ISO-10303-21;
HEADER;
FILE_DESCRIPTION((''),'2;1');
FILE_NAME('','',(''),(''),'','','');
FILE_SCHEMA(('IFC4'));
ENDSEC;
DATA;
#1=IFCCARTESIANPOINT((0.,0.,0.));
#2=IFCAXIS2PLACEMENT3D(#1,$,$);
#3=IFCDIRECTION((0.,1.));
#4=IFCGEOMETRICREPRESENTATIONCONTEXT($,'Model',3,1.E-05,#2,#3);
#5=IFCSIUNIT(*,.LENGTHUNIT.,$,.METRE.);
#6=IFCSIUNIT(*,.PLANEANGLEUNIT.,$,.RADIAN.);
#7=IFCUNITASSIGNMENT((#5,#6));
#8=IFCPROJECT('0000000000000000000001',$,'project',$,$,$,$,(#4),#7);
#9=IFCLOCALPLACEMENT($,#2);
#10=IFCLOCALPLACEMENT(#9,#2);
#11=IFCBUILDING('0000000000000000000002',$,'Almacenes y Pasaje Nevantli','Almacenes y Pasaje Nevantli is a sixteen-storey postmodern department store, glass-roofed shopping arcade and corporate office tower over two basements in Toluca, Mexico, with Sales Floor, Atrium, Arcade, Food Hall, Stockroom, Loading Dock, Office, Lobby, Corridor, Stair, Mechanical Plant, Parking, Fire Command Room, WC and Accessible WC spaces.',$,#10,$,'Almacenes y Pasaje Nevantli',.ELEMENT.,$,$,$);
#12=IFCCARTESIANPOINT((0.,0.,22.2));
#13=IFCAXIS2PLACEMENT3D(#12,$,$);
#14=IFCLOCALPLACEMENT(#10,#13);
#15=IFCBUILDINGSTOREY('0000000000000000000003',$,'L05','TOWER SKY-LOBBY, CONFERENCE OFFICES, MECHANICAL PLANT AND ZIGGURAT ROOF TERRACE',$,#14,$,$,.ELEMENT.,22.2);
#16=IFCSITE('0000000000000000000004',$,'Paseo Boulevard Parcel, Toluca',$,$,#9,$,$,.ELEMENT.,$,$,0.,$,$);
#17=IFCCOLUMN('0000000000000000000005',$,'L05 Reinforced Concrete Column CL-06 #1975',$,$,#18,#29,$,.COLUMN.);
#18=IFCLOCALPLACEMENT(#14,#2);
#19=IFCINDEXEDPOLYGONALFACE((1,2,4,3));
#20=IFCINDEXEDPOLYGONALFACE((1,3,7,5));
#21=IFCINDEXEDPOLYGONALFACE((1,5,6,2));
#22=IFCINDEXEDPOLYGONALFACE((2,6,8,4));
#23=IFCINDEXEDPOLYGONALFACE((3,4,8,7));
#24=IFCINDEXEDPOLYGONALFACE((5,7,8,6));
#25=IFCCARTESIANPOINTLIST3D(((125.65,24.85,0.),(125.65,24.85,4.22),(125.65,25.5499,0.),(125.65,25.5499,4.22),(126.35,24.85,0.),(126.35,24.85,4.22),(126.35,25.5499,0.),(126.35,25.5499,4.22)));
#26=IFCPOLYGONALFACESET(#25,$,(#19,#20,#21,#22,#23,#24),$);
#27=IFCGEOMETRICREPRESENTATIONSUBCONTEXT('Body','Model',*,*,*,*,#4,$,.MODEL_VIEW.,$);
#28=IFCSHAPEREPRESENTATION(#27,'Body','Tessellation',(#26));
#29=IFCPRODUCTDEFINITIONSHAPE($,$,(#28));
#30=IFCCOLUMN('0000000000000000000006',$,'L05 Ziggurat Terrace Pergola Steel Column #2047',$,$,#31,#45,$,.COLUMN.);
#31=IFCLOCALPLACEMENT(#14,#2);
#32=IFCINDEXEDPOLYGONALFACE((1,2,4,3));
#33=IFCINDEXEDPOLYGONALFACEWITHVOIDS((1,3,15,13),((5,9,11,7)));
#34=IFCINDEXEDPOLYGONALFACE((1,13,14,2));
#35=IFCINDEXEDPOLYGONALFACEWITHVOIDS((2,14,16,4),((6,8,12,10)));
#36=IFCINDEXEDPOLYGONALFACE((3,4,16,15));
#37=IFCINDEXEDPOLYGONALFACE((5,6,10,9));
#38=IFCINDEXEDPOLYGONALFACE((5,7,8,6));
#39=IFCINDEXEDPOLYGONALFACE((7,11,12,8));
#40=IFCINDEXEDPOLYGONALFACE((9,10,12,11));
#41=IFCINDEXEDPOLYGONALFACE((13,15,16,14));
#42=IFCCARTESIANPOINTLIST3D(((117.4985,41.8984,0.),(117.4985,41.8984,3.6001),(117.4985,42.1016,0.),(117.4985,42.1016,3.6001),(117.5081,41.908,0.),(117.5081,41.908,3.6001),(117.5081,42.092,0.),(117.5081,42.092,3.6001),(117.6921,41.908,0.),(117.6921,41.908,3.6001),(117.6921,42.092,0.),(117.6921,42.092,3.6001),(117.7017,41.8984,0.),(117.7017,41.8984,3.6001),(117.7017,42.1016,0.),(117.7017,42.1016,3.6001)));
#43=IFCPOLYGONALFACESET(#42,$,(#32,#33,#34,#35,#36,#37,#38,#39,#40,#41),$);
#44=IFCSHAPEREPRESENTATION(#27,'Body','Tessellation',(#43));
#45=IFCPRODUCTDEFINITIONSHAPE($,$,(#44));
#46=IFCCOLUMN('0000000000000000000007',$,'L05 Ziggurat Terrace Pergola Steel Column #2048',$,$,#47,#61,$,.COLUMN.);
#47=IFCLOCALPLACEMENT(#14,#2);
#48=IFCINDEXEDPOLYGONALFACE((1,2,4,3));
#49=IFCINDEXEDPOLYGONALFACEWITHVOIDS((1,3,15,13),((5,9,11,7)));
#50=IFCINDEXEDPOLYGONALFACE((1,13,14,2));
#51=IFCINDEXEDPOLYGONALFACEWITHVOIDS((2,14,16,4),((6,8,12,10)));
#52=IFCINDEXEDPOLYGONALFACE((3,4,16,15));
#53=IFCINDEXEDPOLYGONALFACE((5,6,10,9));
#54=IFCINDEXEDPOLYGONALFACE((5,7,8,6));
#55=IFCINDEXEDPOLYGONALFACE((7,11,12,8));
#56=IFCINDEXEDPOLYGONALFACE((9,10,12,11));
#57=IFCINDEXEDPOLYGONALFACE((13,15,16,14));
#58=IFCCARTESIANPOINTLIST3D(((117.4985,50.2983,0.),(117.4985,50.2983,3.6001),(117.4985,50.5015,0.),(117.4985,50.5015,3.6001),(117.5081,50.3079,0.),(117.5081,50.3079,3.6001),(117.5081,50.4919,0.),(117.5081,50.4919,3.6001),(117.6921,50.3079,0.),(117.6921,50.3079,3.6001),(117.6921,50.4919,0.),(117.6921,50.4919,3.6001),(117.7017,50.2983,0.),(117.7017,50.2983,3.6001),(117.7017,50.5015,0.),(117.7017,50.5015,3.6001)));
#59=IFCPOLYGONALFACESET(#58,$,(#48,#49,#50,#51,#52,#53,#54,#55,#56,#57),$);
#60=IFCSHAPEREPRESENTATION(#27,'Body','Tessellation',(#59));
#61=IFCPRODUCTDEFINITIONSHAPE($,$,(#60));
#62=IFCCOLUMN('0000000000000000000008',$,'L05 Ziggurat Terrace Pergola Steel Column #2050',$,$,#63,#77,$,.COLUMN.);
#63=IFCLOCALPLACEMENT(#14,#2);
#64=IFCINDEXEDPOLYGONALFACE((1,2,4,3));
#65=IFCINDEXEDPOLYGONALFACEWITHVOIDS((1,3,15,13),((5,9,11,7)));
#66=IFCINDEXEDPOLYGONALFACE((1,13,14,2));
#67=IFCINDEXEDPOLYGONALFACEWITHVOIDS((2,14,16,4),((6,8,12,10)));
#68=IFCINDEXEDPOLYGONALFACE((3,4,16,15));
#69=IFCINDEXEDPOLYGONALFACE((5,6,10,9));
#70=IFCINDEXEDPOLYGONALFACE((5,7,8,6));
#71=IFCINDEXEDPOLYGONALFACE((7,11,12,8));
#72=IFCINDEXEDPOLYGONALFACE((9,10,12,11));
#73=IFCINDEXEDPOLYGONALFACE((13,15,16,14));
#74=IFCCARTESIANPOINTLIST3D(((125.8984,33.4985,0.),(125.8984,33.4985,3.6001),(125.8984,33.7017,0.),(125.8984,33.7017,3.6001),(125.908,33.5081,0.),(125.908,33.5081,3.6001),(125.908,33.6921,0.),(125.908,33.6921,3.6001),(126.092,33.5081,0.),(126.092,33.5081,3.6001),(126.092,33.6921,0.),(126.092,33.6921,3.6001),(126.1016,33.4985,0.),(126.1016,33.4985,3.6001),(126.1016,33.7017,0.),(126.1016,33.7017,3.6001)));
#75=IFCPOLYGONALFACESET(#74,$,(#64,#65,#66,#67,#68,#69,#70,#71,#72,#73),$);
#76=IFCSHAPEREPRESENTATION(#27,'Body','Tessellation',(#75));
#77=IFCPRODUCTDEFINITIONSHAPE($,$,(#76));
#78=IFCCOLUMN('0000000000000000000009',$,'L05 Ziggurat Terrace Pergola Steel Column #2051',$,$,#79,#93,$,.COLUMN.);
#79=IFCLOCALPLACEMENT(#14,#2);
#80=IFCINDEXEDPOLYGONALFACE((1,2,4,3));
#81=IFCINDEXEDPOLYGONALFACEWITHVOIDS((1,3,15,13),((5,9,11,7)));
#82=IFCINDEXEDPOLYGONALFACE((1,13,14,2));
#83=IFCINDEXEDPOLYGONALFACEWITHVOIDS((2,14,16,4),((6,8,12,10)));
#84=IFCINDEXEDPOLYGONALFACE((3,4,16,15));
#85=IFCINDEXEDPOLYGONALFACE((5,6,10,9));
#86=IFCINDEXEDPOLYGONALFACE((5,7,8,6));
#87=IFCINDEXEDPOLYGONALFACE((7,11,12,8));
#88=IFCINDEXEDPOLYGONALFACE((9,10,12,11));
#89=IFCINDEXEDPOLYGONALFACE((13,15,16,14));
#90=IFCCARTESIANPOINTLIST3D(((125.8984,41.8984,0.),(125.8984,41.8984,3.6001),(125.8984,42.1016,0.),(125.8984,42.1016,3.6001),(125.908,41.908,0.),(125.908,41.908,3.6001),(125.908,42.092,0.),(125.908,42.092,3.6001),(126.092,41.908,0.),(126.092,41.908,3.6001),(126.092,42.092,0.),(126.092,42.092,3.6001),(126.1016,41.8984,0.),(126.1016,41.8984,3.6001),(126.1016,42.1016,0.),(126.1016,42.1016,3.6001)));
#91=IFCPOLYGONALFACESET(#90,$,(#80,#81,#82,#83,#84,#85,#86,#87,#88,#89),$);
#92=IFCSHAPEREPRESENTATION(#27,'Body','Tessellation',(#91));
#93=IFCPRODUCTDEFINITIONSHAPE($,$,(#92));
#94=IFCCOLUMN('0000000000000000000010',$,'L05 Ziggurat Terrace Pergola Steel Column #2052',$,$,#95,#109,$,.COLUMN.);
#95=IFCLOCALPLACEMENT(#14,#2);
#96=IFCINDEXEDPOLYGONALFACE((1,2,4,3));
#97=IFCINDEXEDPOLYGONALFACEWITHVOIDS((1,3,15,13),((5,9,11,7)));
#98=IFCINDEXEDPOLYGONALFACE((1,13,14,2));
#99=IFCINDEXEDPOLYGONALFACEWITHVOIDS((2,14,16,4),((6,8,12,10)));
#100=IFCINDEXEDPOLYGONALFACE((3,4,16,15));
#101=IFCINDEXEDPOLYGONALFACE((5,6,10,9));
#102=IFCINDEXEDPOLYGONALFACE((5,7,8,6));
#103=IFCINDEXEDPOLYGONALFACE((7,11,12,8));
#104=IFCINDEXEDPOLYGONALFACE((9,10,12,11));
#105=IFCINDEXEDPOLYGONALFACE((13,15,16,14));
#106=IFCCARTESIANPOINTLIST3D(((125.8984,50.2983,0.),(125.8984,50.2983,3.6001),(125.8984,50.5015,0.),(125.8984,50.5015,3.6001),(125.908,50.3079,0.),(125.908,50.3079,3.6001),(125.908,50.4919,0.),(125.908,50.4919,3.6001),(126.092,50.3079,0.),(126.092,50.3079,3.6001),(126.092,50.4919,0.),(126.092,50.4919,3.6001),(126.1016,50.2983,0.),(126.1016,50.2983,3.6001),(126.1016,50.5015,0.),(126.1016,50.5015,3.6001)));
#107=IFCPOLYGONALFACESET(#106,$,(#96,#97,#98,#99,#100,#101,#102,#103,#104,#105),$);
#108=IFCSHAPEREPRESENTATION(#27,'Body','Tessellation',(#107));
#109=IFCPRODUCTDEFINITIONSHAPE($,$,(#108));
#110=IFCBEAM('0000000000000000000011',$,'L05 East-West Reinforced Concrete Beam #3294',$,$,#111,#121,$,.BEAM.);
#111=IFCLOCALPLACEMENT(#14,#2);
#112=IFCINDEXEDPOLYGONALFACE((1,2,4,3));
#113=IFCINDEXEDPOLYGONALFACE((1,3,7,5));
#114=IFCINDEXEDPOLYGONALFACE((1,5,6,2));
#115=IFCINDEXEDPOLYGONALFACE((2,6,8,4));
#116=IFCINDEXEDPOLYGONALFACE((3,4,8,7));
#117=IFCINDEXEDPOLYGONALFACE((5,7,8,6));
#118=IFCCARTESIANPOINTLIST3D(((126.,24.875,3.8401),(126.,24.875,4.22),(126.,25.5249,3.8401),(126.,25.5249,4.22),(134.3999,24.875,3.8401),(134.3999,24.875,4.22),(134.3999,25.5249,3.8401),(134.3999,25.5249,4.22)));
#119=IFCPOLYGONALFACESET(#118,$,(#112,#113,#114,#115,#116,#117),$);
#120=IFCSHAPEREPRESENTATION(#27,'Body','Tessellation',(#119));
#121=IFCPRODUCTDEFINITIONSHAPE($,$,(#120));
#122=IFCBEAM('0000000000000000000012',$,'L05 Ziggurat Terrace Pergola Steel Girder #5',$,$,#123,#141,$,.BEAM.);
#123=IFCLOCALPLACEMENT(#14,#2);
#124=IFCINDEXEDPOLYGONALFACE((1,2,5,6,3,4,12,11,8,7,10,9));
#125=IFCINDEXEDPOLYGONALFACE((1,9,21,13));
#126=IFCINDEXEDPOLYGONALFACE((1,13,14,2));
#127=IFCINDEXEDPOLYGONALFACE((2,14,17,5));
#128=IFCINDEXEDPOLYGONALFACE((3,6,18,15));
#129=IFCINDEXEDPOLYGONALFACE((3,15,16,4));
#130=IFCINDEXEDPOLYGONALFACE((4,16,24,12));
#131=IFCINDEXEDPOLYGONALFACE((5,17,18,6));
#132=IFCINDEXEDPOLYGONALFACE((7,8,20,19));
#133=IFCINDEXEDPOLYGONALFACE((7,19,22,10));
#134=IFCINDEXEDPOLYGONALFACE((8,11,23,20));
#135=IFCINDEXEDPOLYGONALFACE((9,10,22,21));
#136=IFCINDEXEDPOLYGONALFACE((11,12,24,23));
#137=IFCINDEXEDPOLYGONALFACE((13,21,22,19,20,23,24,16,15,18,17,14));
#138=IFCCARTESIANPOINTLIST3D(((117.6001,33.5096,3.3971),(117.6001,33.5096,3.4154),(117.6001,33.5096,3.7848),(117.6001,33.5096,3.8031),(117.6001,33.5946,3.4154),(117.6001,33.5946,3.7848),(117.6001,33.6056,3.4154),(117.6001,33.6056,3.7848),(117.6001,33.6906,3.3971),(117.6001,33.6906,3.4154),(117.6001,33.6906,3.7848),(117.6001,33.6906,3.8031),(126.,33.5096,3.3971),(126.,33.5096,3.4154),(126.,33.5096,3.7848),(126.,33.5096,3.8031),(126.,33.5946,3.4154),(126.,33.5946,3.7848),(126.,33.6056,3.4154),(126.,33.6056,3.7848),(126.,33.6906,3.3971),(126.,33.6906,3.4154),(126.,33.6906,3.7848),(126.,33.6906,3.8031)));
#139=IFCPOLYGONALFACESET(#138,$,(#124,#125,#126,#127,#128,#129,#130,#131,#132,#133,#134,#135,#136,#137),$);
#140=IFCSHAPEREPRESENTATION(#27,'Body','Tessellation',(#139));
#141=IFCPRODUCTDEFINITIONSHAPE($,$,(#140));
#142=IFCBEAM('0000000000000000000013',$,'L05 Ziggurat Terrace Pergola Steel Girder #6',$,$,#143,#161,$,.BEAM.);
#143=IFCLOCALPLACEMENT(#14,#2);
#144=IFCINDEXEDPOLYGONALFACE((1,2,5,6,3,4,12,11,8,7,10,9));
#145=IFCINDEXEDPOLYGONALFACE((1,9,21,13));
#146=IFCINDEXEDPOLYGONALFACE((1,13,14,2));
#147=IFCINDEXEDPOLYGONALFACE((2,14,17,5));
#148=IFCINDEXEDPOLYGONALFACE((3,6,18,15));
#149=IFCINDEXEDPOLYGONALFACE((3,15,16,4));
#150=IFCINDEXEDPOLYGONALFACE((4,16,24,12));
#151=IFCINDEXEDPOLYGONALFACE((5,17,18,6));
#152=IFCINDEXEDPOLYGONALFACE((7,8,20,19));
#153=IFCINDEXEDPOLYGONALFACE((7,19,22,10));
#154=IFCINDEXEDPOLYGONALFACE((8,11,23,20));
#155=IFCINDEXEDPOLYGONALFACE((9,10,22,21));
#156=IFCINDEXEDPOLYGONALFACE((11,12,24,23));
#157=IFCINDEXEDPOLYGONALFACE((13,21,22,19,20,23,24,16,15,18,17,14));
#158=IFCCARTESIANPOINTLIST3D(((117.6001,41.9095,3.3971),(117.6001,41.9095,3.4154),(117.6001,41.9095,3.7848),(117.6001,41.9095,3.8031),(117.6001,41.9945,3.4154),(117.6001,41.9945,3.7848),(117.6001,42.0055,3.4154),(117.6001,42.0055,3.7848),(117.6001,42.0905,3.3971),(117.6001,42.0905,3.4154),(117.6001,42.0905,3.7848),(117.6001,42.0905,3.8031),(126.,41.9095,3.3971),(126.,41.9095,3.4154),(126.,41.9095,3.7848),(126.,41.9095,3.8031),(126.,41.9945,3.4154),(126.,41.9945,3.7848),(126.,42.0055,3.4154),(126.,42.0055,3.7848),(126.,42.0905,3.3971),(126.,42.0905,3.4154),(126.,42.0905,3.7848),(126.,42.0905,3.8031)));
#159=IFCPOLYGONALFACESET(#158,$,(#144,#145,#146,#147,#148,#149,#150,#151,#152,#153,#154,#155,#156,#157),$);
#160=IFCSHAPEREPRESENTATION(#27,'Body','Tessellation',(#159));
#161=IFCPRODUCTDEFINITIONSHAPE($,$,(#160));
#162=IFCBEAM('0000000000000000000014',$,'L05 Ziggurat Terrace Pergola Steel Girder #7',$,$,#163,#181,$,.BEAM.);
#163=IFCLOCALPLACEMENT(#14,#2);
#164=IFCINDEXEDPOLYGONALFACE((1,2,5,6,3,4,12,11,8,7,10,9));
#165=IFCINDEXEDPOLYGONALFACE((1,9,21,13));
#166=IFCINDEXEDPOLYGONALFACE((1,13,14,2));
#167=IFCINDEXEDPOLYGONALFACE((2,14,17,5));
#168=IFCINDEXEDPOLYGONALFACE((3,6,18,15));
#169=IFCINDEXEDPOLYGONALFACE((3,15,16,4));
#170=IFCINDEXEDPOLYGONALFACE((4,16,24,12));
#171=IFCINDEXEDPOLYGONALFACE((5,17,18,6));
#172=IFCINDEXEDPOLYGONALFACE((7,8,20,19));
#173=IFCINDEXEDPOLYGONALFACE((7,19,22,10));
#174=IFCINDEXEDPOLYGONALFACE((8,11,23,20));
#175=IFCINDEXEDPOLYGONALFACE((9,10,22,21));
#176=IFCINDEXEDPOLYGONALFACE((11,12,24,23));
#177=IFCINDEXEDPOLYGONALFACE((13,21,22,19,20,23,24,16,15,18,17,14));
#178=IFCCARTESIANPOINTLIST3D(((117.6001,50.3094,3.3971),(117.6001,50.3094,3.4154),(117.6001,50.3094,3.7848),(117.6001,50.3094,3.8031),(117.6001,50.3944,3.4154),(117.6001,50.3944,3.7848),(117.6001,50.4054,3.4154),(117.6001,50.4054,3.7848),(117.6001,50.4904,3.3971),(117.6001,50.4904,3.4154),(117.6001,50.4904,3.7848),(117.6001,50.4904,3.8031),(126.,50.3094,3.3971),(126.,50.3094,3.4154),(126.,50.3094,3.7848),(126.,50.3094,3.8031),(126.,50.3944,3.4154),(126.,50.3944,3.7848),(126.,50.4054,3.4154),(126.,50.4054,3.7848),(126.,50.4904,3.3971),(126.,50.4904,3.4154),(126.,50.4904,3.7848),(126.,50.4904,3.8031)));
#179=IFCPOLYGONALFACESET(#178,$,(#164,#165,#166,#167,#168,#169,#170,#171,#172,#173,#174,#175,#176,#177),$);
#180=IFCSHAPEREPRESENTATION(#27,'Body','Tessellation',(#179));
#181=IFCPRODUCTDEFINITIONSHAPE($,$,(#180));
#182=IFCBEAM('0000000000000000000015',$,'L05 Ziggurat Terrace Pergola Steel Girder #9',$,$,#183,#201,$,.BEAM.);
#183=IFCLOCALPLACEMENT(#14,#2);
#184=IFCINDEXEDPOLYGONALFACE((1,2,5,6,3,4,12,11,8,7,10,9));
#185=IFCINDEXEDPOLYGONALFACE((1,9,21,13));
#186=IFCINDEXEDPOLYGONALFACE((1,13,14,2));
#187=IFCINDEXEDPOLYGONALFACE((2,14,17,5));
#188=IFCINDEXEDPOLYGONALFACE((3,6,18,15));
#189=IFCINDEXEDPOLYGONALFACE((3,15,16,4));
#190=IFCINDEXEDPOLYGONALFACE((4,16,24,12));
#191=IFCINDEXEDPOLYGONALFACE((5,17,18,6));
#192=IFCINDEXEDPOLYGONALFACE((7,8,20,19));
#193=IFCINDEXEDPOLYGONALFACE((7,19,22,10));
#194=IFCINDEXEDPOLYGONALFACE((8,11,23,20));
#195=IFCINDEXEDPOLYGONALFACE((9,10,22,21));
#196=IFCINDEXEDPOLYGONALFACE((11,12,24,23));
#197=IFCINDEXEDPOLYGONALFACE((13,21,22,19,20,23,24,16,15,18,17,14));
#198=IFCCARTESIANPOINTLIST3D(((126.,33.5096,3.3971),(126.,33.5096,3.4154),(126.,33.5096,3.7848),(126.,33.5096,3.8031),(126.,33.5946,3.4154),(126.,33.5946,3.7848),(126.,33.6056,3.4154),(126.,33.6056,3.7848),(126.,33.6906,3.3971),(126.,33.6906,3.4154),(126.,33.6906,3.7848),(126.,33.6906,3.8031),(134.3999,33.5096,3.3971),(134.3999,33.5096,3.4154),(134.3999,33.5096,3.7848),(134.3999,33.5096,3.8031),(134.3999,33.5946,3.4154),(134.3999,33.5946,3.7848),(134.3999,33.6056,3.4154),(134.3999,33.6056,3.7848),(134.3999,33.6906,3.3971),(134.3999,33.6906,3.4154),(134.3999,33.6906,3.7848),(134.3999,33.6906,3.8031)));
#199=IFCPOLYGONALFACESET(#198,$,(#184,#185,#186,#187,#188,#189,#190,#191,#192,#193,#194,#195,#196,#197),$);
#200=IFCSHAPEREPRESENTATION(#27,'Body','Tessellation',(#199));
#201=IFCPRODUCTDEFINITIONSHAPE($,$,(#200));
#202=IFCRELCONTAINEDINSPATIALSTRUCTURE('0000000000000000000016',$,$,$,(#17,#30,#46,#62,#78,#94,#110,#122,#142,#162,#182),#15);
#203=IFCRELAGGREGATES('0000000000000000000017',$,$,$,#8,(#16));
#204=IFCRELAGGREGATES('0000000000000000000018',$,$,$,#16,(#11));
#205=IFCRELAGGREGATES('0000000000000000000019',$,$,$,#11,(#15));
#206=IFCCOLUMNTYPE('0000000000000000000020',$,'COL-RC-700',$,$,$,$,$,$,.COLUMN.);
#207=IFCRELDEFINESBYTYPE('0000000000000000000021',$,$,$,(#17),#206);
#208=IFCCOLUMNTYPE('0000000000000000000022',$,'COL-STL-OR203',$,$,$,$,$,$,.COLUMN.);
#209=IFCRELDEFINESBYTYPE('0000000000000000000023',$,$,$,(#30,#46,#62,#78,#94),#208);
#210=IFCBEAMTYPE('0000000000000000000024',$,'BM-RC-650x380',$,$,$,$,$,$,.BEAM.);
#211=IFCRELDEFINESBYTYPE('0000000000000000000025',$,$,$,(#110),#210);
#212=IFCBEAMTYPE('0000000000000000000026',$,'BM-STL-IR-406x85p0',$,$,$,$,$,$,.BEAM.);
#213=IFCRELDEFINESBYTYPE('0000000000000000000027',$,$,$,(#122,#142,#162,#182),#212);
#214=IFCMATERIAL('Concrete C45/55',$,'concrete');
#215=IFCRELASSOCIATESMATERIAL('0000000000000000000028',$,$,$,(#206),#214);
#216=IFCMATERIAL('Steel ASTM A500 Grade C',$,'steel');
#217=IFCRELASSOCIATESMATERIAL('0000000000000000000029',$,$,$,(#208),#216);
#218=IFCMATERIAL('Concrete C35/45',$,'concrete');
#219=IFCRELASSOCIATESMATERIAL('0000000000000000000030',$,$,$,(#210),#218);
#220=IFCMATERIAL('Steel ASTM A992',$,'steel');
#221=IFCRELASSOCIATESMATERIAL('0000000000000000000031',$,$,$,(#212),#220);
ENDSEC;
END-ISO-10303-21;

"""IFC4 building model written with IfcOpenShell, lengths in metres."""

from ifc_helpers import new_model, si_unit, direction, frame, origin, origin_2d, place, context, subcontext, project, spatial, rectangle, hollow_rectangle, i_section, extrude, material, material_profile, profile_set, type_object, element, save


model = new_model("IFC4")

# Units and contexts
model_context = context("Model", 3, precision=1e-05, world=origin(), true_north=direction((0.0, 1.0)))
body_context = subcontext(model_context, "Body", "Model", "MODEL_VIEW")
ifc_project = project(units=[si_unit("LENGTHUNIT", "METRE"), si_unit("PLANEANGLEUNIT", "RADIAN")], contexts=[model_context])

# Site, building, storey
site_placement = place(None, origin())
site = spatial("IfcSite", under=ifc_project, at=site_placement, Name="Paseo Boulevard Parcel, Toluca", CompositionType="ELEMENT", RefElevation=0.0)
building_placement = place(site_placement, origin())
building = spatial("IfcBuilding", under=site, at=building_placement, Name="Almacenes y Pasaje Nevantli", Description="Almacenes y Pasaje Nevantli is a sixteen-storey postmodern department store, glass-roofed shopping arcade and corporate office tower over two basements in Toluca, Mexico, with Sales Floor, Atrium, Arcade, Food Hall, Stockroom, Loading Dock, Office, Lobby, Corridor, Stair, Mechanical Plant, Parking, Fire Command Room, WC and Accessible WC spaces.", LongName="Almacenes y Pasaje Nevantli", CompositionType="ELEMENT")
storey_placement = place(building_placement, frame((0.0, 0.0, 22.2)))
storey = spatial("IfcBuildingStorey", under=building, at=storey_placement, Name="L05", Description="TOWER SKY-LOBBY, CONFERENCE OFFICES, MECHANICAL PLANT AND ZIGGURAT ROOF TERRACE", CompositionType="ELEMENT", Elevation=22.2)

# Columns
ifc_material_1 = material(Name="Concrete C45/55", Category="concrete")
ifc_material_profile_1 = material_profile(ifc_material_1, rectangle(XDim=0.7, YDim=0.7, at=origin_2d()), Name="RC-COL-700x700")
ifc_profile_set_1 = profile_set([ifc_material_profile_1], Name="Concrete C45/55")
column_type_1 = type_object("IfcColumnType", Name="COL-RC-700", PredefinedType="COLUMN", material=ifc_profile_set_1)
column_placement = place(storey_placement, frame((126.0, 25.2, 0.0), z_axis=(0.0, 0.0, 1.0), x_axis=(1.0, 0.0, 0.0)))
element("IfcColumn", 1, at=column_placement, inside=storey, type_object=column_type_1, Name="L05 Reinforced Concrete Column CL-06 #1975", PredefinedType="COLUMN", context=body_context, shape_type="SweptSolid", body=[
    extrude(rectangle(XDim=0.7, YDim=0.7, at=origin_2d()), origin(), (0.0, 0.0, 1.0), 4.22),
])
ifc_material_2 = material(Name="Steel ASTM A500 Grade C", Category="steel")
ifc_material_profile_2 = material_profile(ifc_material_2, hollow_rectangle(XDim=0.2031, YDim=0.2031, WallThickness=0.0095, at=origin_2d()), Name="OR 203x203x9.5")
ifc_profile_set_2 = profile_set([ifc_material_profile_2], Name="Steel ASTM A500 Grade C")
column_type_2 = type_object("IfcColumnType", Name="COL-STL-OR203", PredefinedType="COLUMN", material=ifc_profile_set_2)
for number, where, z_axis, x_axis, name in (
    (2, (117.6001, 42.0, 0.0), (0.0, 0.0, 1.0), (1.0, 0.0, 0.0), "L05 Ziggurat Terrace Pergola Steel Column #2047"),
    (3, (117.6001, 50.3999, 0.0), (0.0, 0.0, 1.0), (1.0, 0.0, 0.0), "L05 Ziggurat Terrace Pergola Steel Column #2048"),
    (4, (126.0, 33.6001, 0.0), (0.0, 0.0, 1.0), (1.0, 0.0, 0.0), "L05 Ziggurat Terrace Pergola Steel Column #2050"),
    (5, (126.0, 42.0, 0.0), (0.0, 0.0, 1.0), (1.0, 0.0, 0.0), "L05 Ziggurat Terrace Pergola Steel Column #2051"),
    (6, (126.0, 50.3999, 0.0), (0.0, 0.0, 1.0), (1.0, 0.0, 0.0), "L05 Ziggurat Terrace Pergola Steel Column #2052"),
):
    element("IfcColumn", number, at=place(storey_placement, frame(where, z_axis=z_axis, x_axis=x_axis)), inside=storey, type_object=column_type_2, Name=name, PredefinedType="COLUMN", context=body_context, shape_type="SweptSolid", body=[
        extrude(hollow_rectangle(XDim=0.2031, YDim=0.2031, WallThickness=0.0095, at=origin_2d()), origin(), (0.0, 0.0, 1.0), 3.6001),
    ])

# Beams
ifc_material_3 = material(Name="Concrete C35/45", Category="concrete")
ifc_material_profile_3 = material_profile(ifc_material_3, rectangle(XDim=0.6499, YDim=0.3799, at=origin_2d()), Name="RC-BM-650x380")
ifc_profile_set_3 = profile_set([ifc_material_profile_3], Name="Concrete C35/45")
beam_type_1 = type_object("IfcBeamType", Name="BM-RC-650x380", PredefinedType="BEAM", material=ifc_profile_set_3)
beam_placement = place(storey_placement, frame((126.0, 25.2, 4.03), z_axis=(1.0, 0.0, 0.0), x_axis=(0.0, 1.0, 0.0)))
element("IfcBeam", 7, at=beam_placement, inside=storey, type_object=beam_type_1, Name="L05 East-West Reinforced Concrete Beam #3294", PredefinedType="BEAM", context=body_context, shape_type="SweptSolid", body=[
    extrude(rectangle(XDim=0.6499, YDim=0.3799, at=origin_2d()), origin(), (0.0, 0.0, 1.0), 8.3999),
])
ifc_material_4 = material(Name="Steel ASTM A992", Category="steel")
ifc_material_profile_4 = material_profile(ifc_material_4, i_section(OverallWidth=0.1809, OverallDepth=0.406, WebThickness=0.011, FlangeThickness=0.0183, at=origin_2d()), Name="IR 406x85.0")
ifc_profile_set_4 = profile_set([ifc_material_profile_4], Name="Steel ASTM A992")
beam_type_2 = type_object("IfcBeamType", Name="BM-STL-IR-406x85p0", PredefinedType="BEAM", material=ifc_profile_set_4)
for number, where, z_axis, x_axis, name in (
    (8, (117.6001, 33.6001, 3.6001), (1.0, 0.0, 0.0), (0.0, 1.0, 0.0), "L05 Ziggurat Terrace Pergola Steel Girder #5"),
    (9, (117.6001, 42.0, 3.6001), (1.0, 0.0, 0.0), (0.0, 1.0, 0.0), "L05 Ziggurat Terrace Pergola Steel Girder #6"),
    (10, (117.6001, 50.3999, 3.6001), (1.0, 0.0, 0.0), (0.0, 1.0, 0.0), "L05 Ziggurat Terrace Pergola Steel Girder #7"),
    (11, (126.0, 33.6001, 3.6001), (1.0, 0.0, 0.0), (0.0, 1.0, 0.0), "L05 Ziggurat Terrace Pergola Steel Girder #9"),
):
    element("IfcBeam", number, at=place(storey_placement, frame(where, z_axis=z_axis, x_axis=x_axis)), inside=storey, type_object=beam_type_2, Name=name, PredefinedType="BEAM", context=body_context, shape_type="SweptSolid", body=[
        extrude(i_section(OverallWidth=0.1809, OverallDepth=0.406, WebThickness=0.011, FlangeThickness=0.0183, at=origin_2d()), origin(), (0.0, 0.0, 1.0), 8.3999),
    ])

save(model, "model.ifc")
